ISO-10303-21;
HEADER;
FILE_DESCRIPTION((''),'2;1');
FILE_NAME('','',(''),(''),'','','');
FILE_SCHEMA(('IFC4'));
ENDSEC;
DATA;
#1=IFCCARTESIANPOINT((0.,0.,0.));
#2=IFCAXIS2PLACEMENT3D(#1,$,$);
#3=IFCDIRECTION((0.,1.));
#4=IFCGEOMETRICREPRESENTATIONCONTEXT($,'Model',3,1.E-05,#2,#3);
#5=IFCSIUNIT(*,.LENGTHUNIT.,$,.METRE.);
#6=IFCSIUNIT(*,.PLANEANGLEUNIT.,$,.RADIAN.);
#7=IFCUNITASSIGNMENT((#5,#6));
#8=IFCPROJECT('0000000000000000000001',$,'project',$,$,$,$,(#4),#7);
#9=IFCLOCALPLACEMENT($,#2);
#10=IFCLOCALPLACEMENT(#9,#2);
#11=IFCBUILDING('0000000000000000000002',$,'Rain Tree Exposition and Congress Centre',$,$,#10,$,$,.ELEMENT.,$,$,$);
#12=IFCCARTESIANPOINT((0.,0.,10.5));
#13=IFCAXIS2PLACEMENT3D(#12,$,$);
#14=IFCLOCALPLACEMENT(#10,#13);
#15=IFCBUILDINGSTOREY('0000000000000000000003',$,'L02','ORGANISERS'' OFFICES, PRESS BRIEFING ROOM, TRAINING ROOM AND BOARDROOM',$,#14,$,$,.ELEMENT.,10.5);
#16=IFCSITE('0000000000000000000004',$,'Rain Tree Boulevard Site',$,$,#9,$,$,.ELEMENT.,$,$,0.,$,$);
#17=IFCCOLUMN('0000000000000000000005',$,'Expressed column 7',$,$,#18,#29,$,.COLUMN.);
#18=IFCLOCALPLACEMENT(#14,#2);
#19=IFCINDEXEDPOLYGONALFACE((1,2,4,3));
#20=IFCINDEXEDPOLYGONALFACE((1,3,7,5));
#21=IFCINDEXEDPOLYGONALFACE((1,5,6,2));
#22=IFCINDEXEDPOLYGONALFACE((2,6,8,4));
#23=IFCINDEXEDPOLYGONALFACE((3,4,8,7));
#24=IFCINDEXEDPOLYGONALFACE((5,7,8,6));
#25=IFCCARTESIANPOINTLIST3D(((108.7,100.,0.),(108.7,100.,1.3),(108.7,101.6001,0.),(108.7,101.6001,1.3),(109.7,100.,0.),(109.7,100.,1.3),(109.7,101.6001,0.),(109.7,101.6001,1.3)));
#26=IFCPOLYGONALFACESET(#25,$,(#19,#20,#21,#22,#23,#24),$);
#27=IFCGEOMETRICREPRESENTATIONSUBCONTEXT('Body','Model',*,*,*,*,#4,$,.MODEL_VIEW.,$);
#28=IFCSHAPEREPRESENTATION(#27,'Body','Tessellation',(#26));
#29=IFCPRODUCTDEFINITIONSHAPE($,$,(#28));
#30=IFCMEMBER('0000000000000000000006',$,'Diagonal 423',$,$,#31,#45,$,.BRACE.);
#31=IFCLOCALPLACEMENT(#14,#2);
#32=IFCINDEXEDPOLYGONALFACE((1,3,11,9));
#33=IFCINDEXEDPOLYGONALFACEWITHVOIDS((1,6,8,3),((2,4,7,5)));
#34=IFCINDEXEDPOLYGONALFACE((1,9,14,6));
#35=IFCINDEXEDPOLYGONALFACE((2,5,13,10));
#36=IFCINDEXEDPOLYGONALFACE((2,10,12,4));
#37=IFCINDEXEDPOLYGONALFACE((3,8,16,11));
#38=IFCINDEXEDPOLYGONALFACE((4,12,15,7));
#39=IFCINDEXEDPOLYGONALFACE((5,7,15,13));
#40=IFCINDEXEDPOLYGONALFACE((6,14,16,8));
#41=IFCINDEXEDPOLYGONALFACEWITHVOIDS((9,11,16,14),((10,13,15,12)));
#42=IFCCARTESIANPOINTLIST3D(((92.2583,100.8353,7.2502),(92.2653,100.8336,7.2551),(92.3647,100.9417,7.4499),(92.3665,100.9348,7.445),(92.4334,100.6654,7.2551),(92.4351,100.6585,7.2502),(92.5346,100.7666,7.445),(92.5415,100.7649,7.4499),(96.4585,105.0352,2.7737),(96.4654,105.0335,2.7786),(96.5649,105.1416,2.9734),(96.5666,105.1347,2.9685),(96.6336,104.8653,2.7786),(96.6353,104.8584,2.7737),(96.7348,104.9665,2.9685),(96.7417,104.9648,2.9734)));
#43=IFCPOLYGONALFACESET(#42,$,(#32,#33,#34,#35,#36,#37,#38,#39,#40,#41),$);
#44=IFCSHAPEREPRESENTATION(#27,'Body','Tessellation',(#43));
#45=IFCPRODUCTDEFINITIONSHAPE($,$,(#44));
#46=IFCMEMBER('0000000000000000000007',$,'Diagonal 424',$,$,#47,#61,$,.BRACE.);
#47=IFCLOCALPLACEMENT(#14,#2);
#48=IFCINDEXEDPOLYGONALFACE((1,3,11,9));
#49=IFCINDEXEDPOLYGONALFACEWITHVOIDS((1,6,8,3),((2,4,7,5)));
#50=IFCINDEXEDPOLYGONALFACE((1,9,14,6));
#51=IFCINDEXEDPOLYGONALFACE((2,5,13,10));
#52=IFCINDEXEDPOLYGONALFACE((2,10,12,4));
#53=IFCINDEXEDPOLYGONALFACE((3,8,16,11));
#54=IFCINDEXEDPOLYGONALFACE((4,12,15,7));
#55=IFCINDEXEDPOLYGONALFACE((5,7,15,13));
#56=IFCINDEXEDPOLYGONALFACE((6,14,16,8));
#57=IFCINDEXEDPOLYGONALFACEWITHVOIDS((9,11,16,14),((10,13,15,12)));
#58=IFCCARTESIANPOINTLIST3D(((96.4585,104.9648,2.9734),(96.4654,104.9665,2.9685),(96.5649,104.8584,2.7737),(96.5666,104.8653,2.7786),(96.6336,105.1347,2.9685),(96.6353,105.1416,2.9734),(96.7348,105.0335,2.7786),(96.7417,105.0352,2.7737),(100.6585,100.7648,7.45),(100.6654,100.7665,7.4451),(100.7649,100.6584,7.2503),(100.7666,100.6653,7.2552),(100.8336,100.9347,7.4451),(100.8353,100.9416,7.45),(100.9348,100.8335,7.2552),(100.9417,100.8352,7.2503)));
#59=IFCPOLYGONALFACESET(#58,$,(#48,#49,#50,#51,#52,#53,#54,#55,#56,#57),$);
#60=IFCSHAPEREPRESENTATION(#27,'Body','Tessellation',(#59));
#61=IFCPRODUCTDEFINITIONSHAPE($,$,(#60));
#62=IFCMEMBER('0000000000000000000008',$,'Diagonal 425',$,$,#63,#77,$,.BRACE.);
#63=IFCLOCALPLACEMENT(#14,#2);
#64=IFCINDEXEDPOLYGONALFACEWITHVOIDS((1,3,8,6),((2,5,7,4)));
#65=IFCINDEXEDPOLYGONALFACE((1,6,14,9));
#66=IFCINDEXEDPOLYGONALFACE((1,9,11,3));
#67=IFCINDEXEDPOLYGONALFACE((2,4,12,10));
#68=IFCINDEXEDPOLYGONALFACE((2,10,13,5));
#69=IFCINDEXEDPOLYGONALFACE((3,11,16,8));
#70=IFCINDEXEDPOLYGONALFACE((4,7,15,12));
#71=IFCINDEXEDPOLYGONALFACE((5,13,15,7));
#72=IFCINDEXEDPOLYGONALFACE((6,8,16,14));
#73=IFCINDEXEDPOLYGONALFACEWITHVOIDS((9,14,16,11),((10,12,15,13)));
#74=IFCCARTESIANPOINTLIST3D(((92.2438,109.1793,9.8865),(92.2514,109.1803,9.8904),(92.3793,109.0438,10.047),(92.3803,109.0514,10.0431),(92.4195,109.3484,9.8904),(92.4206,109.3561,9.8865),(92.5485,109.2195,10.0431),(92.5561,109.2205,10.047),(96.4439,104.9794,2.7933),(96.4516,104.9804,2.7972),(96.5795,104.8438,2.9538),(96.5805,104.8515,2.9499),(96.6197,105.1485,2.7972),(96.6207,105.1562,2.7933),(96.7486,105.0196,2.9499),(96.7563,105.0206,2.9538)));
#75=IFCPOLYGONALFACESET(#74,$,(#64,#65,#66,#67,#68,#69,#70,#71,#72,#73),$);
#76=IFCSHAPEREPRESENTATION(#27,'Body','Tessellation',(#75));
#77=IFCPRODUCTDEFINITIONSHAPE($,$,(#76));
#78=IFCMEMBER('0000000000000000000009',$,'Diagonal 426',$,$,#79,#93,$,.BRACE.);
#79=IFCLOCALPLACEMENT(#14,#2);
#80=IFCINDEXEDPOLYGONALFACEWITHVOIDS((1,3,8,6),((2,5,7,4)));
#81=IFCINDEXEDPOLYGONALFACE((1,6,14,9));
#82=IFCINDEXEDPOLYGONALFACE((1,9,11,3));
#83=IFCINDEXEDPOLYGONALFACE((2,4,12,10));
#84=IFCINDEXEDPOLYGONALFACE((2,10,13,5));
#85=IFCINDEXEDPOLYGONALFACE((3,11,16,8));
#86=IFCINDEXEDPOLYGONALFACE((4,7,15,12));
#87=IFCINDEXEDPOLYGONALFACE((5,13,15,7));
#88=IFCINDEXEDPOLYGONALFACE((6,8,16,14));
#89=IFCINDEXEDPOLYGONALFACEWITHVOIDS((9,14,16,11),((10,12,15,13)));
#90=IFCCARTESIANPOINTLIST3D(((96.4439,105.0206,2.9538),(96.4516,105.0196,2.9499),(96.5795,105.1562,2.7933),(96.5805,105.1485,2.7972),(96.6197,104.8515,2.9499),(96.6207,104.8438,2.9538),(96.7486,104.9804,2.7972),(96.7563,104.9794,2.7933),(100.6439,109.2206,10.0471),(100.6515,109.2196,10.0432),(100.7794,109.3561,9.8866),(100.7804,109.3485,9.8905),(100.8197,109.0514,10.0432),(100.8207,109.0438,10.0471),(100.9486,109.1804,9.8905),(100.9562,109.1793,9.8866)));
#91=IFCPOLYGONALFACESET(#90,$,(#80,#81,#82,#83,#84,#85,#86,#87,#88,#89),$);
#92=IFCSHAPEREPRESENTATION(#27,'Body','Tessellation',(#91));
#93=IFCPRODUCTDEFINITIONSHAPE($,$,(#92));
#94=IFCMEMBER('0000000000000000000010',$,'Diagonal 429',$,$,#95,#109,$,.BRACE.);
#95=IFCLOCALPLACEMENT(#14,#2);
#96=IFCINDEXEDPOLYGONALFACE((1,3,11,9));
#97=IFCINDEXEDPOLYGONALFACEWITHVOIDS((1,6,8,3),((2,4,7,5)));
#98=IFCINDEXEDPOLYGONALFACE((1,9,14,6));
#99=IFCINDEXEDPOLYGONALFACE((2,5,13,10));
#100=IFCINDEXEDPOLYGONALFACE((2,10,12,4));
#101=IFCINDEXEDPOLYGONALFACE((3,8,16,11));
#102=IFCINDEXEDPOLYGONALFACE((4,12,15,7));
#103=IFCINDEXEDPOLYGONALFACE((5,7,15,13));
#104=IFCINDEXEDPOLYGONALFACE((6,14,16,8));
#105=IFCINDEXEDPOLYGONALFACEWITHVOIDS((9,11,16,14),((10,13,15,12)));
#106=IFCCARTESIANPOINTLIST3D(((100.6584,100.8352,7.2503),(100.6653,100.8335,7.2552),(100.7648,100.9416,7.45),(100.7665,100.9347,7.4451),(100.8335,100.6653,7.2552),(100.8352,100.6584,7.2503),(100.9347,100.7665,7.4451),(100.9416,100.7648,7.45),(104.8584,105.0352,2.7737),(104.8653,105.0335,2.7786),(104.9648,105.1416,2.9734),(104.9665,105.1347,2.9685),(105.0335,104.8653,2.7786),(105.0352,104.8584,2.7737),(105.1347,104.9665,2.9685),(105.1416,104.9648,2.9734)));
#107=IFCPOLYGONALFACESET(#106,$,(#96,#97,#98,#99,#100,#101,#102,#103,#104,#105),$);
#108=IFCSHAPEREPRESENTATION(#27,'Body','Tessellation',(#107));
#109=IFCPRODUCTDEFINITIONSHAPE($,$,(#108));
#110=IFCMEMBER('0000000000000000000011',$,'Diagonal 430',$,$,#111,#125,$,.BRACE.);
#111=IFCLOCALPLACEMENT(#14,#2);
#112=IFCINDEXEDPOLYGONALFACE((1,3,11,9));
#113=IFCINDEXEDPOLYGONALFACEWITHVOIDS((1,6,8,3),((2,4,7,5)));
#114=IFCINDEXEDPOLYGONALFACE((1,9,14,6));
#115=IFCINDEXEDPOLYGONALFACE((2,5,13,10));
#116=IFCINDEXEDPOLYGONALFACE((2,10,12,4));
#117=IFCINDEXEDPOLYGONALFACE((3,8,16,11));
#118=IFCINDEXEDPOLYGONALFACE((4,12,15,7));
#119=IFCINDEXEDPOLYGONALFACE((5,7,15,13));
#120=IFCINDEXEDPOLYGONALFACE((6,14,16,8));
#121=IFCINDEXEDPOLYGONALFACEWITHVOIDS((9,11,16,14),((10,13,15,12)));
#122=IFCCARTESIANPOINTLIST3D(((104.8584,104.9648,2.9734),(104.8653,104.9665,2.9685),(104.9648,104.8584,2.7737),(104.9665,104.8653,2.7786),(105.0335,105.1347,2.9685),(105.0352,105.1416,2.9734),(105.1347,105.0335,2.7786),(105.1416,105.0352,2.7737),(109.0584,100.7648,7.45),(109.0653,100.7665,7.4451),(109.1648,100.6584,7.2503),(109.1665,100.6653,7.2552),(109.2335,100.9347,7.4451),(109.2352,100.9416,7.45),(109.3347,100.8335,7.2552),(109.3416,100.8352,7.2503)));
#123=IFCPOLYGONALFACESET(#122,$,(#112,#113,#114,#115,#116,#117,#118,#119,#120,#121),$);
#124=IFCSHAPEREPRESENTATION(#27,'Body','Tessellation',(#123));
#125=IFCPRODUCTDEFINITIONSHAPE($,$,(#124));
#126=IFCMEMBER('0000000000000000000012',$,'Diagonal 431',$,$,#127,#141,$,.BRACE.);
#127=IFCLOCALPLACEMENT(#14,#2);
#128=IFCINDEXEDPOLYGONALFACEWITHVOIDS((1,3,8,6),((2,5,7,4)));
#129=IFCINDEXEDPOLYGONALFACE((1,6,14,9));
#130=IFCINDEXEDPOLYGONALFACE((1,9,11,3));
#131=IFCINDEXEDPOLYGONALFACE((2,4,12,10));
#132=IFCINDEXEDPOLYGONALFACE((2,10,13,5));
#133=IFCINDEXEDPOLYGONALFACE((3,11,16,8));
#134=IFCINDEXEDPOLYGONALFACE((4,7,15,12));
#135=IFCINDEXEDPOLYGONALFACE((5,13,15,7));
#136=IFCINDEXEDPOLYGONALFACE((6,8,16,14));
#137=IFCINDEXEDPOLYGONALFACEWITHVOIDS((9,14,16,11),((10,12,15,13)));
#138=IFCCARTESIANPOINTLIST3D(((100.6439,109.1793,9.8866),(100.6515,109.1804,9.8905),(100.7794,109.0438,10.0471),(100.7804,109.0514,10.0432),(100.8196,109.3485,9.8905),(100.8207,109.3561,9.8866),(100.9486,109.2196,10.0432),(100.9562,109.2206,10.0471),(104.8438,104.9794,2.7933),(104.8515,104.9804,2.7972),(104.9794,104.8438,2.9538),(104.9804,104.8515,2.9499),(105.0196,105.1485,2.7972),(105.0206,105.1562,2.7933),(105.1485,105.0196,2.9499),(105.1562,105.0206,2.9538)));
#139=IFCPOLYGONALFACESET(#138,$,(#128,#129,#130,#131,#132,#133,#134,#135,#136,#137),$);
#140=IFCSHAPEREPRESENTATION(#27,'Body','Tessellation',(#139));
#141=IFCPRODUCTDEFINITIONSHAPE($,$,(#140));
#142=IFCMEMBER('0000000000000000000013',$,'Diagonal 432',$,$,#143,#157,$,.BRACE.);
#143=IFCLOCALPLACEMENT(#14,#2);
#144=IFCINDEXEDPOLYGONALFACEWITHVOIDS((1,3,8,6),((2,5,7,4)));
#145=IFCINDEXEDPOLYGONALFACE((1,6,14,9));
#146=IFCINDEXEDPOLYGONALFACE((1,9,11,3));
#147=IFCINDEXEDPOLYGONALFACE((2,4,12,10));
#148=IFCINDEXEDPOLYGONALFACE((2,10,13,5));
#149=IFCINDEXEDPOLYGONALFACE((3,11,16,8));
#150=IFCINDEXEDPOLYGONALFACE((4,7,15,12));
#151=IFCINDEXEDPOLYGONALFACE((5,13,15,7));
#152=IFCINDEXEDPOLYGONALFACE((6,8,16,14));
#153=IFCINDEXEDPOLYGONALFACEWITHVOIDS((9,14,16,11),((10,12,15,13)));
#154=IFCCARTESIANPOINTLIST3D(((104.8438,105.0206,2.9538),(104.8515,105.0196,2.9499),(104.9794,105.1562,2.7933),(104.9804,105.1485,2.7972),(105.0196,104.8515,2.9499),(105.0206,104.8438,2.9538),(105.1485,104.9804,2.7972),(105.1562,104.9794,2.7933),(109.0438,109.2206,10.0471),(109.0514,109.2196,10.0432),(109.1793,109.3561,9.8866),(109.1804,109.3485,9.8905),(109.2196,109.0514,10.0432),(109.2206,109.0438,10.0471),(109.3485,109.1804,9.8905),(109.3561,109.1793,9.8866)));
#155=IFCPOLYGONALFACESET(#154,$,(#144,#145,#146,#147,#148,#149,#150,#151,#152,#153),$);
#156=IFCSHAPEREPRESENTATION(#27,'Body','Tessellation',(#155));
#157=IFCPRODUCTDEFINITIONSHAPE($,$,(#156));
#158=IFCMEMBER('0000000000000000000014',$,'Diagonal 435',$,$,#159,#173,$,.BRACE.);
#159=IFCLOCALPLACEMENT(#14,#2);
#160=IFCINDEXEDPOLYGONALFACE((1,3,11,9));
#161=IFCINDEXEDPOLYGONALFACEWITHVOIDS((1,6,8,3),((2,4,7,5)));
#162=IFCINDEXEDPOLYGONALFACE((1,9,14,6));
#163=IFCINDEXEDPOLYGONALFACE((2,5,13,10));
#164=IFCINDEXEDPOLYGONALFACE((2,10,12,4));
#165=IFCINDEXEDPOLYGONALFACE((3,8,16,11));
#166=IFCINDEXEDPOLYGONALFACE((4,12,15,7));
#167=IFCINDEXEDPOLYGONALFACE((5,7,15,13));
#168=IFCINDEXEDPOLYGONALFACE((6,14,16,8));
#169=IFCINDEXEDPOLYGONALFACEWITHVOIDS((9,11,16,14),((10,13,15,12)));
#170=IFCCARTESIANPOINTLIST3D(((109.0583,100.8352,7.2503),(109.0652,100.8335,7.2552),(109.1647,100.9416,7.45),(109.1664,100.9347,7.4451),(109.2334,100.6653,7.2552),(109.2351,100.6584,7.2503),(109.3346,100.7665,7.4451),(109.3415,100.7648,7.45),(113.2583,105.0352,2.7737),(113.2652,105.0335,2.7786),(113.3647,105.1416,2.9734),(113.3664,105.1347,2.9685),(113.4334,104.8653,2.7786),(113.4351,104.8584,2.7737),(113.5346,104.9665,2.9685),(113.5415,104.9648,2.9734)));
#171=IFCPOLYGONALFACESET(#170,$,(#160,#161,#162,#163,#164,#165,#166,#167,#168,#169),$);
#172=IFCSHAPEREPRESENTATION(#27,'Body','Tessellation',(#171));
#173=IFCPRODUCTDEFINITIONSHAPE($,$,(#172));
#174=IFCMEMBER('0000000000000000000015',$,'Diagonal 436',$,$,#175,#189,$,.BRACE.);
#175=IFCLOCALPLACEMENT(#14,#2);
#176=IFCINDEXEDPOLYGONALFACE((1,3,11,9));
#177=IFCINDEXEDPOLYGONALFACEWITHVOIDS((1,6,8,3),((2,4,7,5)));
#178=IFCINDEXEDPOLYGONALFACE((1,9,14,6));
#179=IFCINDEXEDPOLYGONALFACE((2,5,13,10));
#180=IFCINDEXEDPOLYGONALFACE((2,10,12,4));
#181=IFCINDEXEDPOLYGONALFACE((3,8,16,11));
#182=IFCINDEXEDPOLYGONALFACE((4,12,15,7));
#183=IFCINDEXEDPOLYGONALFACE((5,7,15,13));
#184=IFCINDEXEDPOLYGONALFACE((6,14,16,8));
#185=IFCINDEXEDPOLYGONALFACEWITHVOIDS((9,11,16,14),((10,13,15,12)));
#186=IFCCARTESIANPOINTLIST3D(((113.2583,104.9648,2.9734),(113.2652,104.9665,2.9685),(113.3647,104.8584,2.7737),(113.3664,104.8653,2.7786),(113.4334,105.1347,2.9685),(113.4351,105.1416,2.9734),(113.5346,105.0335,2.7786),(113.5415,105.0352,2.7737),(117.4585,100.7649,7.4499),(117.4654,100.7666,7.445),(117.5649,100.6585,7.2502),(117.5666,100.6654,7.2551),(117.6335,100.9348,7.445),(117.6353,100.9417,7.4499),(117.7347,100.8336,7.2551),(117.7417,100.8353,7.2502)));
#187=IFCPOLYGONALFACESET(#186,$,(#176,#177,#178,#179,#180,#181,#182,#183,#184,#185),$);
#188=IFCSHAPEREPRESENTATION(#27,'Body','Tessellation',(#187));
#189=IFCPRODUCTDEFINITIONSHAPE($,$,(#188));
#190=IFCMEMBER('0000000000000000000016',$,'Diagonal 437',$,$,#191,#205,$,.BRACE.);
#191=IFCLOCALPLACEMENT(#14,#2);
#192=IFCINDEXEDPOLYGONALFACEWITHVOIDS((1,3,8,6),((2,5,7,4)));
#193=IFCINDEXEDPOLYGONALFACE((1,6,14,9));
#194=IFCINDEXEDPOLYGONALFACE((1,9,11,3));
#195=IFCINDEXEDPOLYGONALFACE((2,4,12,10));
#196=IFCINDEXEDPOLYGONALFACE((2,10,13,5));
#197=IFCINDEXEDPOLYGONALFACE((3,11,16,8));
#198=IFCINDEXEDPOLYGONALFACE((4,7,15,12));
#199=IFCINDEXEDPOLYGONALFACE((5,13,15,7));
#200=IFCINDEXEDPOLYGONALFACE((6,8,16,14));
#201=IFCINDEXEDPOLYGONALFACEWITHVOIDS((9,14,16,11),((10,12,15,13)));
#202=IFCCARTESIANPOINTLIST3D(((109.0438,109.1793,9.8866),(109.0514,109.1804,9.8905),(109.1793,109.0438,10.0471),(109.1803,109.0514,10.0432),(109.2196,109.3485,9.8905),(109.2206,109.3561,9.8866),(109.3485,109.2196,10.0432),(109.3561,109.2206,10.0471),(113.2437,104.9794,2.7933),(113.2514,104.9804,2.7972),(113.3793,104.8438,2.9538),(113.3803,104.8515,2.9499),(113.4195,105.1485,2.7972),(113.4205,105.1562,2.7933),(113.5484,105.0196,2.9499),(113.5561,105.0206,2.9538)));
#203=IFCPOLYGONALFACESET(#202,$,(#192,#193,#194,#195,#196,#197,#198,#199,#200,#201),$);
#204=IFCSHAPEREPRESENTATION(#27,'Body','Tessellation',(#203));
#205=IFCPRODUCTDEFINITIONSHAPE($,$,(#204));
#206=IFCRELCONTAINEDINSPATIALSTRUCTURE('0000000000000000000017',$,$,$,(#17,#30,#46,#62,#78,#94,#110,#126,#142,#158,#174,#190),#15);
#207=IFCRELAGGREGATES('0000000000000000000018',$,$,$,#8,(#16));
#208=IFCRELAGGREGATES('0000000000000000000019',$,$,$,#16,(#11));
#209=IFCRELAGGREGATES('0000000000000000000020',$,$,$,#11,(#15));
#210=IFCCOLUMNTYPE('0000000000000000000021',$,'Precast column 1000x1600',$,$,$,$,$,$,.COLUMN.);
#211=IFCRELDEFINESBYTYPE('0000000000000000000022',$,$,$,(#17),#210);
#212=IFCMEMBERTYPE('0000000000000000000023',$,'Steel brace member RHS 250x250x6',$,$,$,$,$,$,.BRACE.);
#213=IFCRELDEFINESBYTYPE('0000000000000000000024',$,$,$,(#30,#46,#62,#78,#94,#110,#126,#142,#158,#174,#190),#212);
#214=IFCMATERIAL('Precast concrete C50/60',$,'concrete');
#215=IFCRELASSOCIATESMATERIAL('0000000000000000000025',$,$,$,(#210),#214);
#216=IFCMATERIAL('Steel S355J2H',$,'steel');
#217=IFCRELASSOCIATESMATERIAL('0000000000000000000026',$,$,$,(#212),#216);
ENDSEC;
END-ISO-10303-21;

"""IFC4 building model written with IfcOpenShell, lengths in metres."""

from ifc_helpers import new_model, si_unit, direction, frame, origin, origin_2d, place, context, subcontext, project, spatial, rectangle, hollow_rectangle, extrude, material, material_profile, profile_set, type_object, element, save


model = new_model("IFC4")

# Units and contexts
model_context = context("Model", 3, precision=1e-05, world=origin(), true_north=direction((0.0, 1.0)))
body_context = subcontext(model_context, "Body", "Model", "MODEL_VIEW")
ifc_project = project(units=[si_unit("LENGTHUNIT", "METRE"), si_unit("PLANEANGLEUNIT", "RADIAN")], contexts=[model_context])

# Site, building, storey
site_placement = place(None, origin())
site = spatial("IfcSite", under=ifc_project, at=site_placement, Name="Rain Tree Boulevard Site", CompositionType="ELEMENT", RefElevation=0.0)
building_placement = place(site_placement, origin())
building = spatial("IfcBuilding", under=site, at=building_placement, Name="Rain Tree Exposition and Congress Centre", CompositionType="ELEMENT")
storey_placement = place(building_placement, frame((0.0, 0.0, 10.5)))
storey = spatial("IfcBuildingStorey", under=building, at=storey_placement, Name="L02", Description="ORGANISERS' OFFICES, PRESS BRIEFING ROOM, TRAINING ROOM AND BOARDROOM", CompositionType="ELEMENT", Elevation=10.5)

# Column
ifc_material_1 = material(Name="Precast concrete C50/60", Category="concrete")
ifc_material_profile_1 = material_profile(ifc_material_1, rectangle(XDim=1.0, YDim=1.6001, at=origin_2d()), Name="RC 1000x1600")
ifc_profile_set_1 = profile_set([ifc_material_profile_1], Name="Precast concrete C50/60")
column_type = type_object("IfcColumnType", Name="Precast column 1000x1600", PredefinedType="COLUMN", material=ifc_profile_set_1)
column_placement = place(storey_placement, frame((109.2, 100.8, 0.0), z_axis=(0.0, 0.0, 1.0), x_axis=(1.0, 0.0, 0.0)))
element("IfcColumn", 1, at=column_placement, inside=storey, type_object=column_type, Name="Expressed column 7", PredefinedType="COLUMN", context=body_context, shape_type="SweptSolid", body=[
    extrude(rectangle(XDim=1.0, YDim=1.6001, at=origin_2d()), origin(), (0.0, 0.0, 1.0), 1.3),
])

# Members
ifc_material_2 = material(Name="Steel S355J2H", Category="steel")
ifc_material_profile_2 = material_profile(ifc_material_2, hollow_rectangle(XDim=0.25, YDim=0.25, WallThickness=0.0061, at=origin_2d()), Name="RHS 250x250x6")
ifc_profile_set_2 = profile_set([ifc_material_profile_2], Name="Steel S355J2H")
member_type_1 = type_object("IfcMemberType", Name="Steel brace member RHS 250x250x6", PredefinedType="BRACE", material=ifc_profile_set_2)
for number, where, z_axis, x_axis, name in (
    (2, (96.6001, 105.0, 2.8735), (-0.564709, -0.564677, 0.601867), (0.707086, -0.707127, 0.0), "Diagonal 423"),
    (3, (96.6001, 105.0, 2.8735), (0.564687, -0.564687, 0.601878), (0.707107, 0.707107, 0.0), "Diagonal 424"),
):
    element("IfcMember", number, at=place(storey_placement, frame(where, z_axis=z_axis, x_axis=x_axis)), inside=storey, type_object=member_type_1, Name=name, PredefinedType="BRACE", context=body_context, shape_type="SweptSolid", body=[
        extrude(hollow_rectangle(XDim=0.25, YDim=0.25, WallThickness=0.0061, at=origin_2d()), origin(), (0.0, 0.0, 1.0), 7.4377),
    ])
for number, where, z_axis, x_axis, name in (
    (4, (96.6001, 105.0, 2.8735), (-0.453987, 0.453961, 0.766691), (-0.707086, -0.707127, 0.0), "Diagonal 425"),
    (5, (96.6001, 105.0, 2.8735), (0.453966, 0.453966, 0.7667), (-0.707107, 0.707107, 0.0), "Diagonal 426"),
):
    element("IfcMember", number, at=place(storey_placement, frame(where, z_axis=z_axis, x_axis=x_axis)), inside=storey, type_object=member_type_1, Name=name, PredefinedType="BRACE", context=body_context, shape_type="SweptSolid", body=[
        extrude(hollow_rectangle(XDim=0.25, YDim=0.25, WallThickness=0.0061, at=origin_2d()), origin(), (0.0, 0.0, 1.0), 9.2517),
    ])
for number, where, z_axis, x_axis, name in (
    (6, (105.0, 105.0, 2.8735), (-0.564687, -0.564687, 0.601878), (0.707107, -0.707107, 0.0), "Diagonal 429"),
    (7, (105.0, 105.0, 2.8735), (0.564687, -0.564687, 0.601878), (0.707107, 0.707107, 0.0), "Diagonal 430"),
):
    element("IfcMember", number, at=place(storey_placement, frame(where, z_axis=z_axis, x_axis=x_axis)), inside=storey, type_object=member_type_1, Name=name, PredefinedType="BRACE", context=body_context, shape_type="SweptSolid", body=[
        extrude(hollow_rectangle(XDim=0.25, YDim=0.25, WallThickness=0.0061, at=origin_2d()), origin(), (0.0, 0.0, 1.0), 7.4377),
    ])
for number, where, z_axis, x_axis, name in (
    (8, (105.0, 105.0, 2.8735), (-0.453966, 0.453966, 0.7667), (-0.707107, -0.707107, 0.0), "Diagonal 431"),
    (9, (105.0, 105.0, 2.8735), (0.453966, 0.453966, 0.7667), (-0.707107, 0.707107, 0.0), "Diagonal 432"),
):
    element("IfcMember", number, at=place(storey_placement, frame(where, z_axis=z_axis, x_axis=x_axis)), inside=storey, type_object=member_type_1, Name=name, PredefinedType="BRACE", context=body_context, shape_type="SweptSolid", body=[
        extrude(hollow_rectangle(XDim=0.25, YDim=0.25, WallThickness=0.0061, at=origin_2d()), origin(), (0.0, 0.0, 1.0), 9.2517),
    ])
for number, where, z_axis, x_axis, name in (
    (10, (113.3999, 105.0, 2.8735), (-0.564687, -0.564687, 0.601878), (0.707107, -0.707107, 0.0), "Diagonal 435"),
    (11, (113.3999, 105.0, 2.8735), (0.564709, -0.564677, 0.601867), (0.707086, 0.707127, 0.0), "Diagonal 436"),
):
    element("IfcMember", number, at=place(storey_placement, frame(where, z_axis=z_axis, x_axis=x_axis)), inside=storey, type_object=member_type_1, Name=name, PredefinedType="BRACE", context=body_context, shape_type="SweptSolid", body=[
        extrude(hollow_rectangle(XDim=0.25, YDim=0.25, WallThickness=0.0061, at=origin_2d()), origin(), (0.0, 0.0, 1.0), 7.4377),
    ])
for number, where, z_axis, x_axis, name in (
    (12, (113.3999, 105.0, 2.8735), (-0.453966, 0.453966, 0.7667), (-0.707107, -0.707107, 0.0), "Diagonal 437"),
):
    element("IfcMember", number, at=place(storey_placement, frame(where, z_axis=z_axis, x_axis=x_axis)), inside=storey, type_object=member_type_1, Name=name, PredefinedType="BRACE", context=body_context, shape_type="SweptSolid", body=[
        extrude(hollow_rectangle(XDim=0.25, YDim=0.25, WallThickness=0.0061, at=origin_2d()), origin(), (0.0, 0.0, 1.0), 9.2517),
    ])

save(model, "model.ifc")
